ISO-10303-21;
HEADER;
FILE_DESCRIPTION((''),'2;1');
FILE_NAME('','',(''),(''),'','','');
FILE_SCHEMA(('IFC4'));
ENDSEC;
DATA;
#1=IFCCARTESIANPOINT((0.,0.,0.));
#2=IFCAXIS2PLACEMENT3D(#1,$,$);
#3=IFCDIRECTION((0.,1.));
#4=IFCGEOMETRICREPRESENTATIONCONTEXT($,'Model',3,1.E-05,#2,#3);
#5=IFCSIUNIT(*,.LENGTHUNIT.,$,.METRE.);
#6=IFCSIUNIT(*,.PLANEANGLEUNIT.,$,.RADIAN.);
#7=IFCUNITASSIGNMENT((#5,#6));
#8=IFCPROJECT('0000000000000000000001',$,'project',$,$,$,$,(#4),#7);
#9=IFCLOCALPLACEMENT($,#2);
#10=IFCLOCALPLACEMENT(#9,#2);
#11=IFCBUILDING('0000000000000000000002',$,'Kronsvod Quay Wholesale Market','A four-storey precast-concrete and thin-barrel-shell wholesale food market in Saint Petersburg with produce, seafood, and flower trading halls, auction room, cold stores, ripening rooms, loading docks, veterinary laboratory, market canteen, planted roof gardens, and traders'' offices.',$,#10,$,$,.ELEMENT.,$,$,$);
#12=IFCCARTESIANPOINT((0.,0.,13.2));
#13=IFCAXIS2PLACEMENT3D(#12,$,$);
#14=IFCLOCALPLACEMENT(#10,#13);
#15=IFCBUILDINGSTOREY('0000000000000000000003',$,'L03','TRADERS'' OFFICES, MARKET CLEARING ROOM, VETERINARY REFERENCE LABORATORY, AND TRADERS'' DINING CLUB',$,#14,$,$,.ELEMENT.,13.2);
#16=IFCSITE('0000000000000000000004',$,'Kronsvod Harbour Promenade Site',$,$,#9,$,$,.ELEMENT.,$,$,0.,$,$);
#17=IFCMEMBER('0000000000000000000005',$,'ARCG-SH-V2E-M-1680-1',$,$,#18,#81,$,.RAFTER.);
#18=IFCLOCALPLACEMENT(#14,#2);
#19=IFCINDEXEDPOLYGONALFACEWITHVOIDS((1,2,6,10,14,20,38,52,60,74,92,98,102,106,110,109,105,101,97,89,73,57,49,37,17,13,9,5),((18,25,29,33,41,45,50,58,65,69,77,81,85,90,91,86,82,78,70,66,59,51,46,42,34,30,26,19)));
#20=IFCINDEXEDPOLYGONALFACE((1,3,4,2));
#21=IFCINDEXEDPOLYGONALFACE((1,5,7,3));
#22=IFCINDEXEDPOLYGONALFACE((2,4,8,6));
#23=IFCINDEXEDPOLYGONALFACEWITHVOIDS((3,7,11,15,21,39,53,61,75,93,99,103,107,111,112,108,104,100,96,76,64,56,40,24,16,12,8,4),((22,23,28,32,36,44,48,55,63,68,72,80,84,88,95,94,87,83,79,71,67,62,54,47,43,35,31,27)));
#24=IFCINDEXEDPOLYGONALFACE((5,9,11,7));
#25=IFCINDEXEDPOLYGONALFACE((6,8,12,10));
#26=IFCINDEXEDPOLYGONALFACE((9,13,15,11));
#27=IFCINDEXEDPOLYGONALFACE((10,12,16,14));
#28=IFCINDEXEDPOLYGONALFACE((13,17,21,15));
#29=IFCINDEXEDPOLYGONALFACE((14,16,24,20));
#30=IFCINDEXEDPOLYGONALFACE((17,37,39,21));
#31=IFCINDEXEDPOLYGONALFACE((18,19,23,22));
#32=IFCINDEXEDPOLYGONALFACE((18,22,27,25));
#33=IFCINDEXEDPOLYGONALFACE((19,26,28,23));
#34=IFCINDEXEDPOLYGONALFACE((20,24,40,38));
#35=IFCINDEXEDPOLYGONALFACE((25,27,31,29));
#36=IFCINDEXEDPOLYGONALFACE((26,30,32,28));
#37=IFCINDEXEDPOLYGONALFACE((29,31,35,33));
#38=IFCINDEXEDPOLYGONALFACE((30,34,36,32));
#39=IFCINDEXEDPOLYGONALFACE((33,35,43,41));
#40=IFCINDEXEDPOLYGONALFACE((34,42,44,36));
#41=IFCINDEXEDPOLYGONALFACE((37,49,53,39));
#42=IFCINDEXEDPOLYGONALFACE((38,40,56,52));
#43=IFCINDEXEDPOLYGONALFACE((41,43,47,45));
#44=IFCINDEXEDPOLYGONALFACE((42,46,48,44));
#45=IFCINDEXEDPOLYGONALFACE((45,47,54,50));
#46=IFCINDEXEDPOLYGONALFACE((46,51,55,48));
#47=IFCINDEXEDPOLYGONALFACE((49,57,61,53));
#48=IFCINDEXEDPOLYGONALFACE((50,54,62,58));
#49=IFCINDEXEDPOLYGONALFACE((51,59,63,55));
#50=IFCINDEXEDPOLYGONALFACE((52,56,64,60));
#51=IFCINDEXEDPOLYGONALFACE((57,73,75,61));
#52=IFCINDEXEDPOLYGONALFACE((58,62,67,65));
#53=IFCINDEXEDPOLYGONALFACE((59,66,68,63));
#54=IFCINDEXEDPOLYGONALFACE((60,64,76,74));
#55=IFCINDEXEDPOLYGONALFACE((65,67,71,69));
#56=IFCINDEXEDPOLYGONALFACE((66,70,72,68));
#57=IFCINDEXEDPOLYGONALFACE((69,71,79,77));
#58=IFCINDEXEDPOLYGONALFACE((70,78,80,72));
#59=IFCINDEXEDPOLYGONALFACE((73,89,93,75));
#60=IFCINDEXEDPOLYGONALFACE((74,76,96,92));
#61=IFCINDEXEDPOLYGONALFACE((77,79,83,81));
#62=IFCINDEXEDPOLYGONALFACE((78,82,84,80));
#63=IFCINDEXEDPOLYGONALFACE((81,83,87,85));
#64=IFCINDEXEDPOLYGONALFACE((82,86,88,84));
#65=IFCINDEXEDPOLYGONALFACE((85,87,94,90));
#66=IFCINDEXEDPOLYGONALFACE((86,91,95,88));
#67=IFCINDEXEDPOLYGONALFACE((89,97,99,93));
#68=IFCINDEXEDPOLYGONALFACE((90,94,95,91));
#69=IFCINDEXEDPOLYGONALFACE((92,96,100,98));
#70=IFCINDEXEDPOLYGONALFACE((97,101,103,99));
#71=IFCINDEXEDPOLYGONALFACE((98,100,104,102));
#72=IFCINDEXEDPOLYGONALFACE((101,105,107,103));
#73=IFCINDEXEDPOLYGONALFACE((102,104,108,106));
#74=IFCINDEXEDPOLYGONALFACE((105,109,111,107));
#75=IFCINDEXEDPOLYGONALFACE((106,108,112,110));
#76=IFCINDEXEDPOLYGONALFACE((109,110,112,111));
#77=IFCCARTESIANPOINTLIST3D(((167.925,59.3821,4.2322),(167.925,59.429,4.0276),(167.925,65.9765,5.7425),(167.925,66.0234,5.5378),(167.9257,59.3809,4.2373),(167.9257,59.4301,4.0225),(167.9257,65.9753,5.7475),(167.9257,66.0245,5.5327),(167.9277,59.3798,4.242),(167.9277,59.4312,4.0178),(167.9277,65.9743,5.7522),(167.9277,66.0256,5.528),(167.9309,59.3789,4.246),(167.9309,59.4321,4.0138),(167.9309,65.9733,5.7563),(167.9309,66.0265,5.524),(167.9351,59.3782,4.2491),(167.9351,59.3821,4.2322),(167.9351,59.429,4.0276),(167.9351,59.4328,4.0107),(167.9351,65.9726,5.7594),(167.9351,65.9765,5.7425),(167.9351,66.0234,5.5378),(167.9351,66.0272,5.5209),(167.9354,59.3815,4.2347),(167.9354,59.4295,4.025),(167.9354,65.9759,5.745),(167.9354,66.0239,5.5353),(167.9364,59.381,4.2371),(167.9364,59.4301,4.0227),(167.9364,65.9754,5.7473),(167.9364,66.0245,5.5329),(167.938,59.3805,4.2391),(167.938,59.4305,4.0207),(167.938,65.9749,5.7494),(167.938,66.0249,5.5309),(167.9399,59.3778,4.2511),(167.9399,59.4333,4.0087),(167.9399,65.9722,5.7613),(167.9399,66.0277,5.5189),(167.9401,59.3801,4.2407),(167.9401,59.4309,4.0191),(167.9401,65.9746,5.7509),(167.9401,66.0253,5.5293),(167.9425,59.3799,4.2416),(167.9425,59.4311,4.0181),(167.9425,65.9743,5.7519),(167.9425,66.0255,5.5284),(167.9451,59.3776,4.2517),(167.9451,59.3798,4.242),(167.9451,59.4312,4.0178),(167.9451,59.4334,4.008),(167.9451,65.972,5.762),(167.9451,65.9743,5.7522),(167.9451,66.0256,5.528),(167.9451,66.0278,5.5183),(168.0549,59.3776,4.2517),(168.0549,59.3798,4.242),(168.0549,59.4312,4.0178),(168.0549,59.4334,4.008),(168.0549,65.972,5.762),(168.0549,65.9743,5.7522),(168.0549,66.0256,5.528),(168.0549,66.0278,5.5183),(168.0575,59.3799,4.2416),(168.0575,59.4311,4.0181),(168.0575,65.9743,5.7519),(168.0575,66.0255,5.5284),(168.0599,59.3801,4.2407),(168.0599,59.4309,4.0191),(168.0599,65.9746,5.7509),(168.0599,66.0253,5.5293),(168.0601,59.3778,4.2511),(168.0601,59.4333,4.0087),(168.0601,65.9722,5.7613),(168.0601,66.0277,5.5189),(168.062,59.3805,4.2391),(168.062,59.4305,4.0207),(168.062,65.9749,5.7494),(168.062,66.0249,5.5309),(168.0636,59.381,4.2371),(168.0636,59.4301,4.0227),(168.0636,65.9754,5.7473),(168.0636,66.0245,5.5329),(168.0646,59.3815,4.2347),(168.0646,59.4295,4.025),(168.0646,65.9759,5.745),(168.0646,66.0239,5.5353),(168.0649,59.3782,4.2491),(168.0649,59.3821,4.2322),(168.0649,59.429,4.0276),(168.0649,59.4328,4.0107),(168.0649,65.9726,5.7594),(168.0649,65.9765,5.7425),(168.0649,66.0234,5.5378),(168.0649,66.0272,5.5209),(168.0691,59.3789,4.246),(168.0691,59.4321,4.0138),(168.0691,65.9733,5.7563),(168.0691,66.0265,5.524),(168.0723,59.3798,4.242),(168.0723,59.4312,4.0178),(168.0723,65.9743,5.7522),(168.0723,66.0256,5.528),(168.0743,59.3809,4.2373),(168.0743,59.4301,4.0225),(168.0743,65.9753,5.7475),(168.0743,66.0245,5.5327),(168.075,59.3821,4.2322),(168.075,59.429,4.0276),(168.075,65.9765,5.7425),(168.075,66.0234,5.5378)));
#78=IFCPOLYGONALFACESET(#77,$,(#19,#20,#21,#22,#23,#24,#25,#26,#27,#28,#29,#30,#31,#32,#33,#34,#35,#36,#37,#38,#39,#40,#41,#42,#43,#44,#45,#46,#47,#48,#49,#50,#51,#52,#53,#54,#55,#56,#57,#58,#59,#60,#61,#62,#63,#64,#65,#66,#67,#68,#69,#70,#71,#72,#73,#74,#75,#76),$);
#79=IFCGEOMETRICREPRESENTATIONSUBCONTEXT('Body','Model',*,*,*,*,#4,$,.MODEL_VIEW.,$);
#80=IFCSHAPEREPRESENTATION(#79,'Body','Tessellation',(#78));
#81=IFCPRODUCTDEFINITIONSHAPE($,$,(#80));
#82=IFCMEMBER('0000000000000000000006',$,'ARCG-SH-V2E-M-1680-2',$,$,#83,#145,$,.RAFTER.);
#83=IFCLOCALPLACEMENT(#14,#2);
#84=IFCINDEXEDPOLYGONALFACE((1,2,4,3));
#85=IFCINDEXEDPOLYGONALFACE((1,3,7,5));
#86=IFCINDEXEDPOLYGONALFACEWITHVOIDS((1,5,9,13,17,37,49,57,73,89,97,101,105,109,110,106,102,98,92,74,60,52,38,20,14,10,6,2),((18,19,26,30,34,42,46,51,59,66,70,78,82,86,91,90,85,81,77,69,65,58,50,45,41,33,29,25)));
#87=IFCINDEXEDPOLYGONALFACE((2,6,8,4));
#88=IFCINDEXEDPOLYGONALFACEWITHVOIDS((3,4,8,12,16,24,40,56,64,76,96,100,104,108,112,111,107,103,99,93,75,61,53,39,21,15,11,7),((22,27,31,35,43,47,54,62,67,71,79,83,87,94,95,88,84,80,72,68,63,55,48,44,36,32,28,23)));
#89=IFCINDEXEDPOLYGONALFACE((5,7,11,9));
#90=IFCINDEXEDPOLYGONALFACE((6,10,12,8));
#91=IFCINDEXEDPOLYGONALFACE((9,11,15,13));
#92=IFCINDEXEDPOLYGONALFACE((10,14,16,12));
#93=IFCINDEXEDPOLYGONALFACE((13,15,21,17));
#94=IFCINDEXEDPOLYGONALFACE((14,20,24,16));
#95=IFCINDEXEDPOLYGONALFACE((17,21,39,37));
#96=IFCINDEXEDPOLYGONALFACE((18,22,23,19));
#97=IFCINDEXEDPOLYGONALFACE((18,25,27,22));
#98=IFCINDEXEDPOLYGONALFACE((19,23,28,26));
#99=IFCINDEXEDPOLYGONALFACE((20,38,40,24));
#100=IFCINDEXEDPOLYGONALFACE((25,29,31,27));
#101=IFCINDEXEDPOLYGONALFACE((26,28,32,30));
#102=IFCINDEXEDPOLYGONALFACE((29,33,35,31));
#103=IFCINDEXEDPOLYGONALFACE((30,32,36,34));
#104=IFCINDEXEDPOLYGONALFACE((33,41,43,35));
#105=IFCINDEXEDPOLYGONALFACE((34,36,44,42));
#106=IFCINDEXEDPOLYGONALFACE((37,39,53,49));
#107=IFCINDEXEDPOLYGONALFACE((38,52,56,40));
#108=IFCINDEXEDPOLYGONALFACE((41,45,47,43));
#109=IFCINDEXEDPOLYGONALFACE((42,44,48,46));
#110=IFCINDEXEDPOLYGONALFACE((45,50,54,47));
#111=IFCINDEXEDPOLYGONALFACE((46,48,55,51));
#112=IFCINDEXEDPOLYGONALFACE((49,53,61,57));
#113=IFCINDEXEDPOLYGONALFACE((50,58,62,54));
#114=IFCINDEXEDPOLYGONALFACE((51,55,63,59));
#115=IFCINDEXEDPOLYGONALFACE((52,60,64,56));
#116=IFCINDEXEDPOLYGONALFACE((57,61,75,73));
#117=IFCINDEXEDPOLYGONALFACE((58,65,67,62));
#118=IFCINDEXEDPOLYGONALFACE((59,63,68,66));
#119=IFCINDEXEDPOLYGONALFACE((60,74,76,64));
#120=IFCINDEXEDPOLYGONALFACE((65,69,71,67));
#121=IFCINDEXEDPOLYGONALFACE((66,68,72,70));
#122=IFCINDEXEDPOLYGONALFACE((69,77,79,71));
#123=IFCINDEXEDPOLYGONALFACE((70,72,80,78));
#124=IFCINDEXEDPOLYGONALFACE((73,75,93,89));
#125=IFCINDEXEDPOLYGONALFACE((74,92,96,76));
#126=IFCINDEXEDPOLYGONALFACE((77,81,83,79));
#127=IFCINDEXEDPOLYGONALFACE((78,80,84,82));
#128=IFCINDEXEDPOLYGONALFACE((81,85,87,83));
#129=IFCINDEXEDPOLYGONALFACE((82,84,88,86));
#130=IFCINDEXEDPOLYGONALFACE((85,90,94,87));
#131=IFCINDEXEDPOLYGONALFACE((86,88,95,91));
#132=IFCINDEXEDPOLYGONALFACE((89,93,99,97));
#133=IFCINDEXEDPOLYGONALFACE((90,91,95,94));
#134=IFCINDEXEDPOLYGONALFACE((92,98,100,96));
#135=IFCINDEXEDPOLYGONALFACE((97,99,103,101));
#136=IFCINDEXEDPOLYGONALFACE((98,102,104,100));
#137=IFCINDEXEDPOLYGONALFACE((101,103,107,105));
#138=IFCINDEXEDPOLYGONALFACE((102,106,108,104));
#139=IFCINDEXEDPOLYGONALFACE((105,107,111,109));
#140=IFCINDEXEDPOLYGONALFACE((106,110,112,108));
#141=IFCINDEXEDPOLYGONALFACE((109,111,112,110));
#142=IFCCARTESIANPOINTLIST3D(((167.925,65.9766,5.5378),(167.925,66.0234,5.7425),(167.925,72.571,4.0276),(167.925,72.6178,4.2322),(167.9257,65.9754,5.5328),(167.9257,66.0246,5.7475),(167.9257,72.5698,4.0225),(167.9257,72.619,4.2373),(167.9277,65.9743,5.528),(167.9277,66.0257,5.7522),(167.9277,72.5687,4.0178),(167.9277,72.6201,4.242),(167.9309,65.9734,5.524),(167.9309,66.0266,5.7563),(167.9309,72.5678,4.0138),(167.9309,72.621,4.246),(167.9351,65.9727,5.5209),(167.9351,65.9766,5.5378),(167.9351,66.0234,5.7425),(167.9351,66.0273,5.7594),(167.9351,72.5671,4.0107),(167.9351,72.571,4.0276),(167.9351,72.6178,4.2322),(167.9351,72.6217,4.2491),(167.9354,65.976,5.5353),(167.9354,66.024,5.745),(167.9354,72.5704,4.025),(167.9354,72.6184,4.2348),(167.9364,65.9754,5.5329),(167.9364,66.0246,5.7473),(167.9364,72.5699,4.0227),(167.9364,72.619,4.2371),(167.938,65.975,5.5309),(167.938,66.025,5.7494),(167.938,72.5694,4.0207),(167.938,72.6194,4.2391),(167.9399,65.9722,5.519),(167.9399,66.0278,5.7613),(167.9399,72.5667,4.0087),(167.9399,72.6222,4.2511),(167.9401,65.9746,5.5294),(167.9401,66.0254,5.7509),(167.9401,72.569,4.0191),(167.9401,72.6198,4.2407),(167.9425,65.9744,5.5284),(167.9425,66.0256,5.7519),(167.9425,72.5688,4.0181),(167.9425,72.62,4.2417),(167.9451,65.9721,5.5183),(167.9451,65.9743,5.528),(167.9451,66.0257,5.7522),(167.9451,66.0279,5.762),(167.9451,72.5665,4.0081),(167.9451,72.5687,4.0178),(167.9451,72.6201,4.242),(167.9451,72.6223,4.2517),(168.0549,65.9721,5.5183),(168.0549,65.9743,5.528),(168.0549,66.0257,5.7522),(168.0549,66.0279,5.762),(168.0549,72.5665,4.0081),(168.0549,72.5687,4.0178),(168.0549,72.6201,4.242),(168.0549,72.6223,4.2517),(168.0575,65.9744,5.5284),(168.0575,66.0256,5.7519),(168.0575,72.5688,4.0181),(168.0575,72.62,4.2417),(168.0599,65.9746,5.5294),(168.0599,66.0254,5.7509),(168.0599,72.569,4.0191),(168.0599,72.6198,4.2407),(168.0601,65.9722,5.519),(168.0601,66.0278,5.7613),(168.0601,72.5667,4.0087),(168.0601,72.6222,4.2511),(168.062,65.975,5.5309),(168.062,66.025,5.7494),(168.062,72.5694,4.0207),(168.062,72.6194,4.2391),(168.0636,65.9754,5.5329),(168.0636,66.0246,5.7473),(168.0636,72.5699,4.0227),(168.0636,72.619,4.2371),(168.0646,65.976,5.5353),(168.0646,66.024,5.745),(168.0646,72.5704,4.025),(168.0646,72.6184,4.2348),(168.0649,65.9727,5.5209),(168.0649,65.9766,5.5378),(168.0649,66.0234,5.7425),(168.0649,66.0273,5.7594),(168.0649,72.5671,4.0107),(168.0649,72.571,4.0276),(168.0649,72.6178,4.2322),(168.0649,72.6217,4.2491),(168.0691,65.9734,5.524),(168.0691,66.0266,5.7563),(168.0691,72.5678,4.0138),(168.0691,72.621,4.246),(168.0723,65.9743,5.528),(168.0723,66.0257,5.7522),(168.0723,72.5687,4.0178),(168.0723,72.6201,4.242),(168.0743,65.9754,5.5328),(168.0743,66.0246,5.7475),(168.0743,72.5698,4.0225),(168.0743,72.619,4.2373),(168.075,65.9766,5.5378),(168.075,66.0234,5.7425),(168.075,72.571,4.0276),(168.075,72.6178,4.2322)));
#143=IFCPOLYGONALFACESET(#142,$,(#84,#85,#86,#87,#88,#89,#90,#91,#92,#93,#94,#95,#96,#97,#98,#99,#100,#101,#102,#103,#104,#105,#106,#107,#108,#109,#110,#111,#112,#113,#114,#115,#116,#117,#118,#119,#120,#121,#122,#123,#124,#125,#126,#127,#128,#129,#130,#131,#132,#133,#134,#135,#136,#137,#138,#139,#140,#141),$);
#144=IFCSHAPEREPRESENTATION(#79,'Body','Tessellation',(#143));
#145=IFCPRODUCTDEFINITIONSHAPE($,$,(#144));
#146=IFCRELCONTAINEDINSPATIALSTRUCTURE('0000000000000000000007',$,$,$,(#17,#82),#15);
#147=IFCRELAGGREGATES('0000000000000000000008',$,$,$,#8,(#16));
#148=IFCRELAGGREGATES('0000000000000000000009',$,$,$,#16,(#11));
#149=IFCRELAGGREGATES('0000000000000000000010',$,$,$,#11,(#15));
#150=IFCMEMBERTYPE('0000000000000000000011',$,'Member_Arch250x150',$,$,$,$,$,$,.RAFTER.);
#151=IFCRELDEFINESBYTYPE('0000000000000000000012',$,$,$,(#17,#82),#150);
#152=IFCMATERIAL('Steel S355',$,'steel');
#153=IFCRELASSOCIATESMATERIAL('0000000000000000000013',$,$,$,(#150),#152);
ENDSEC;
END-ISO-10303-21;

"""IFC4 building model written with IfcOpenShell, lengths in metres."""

from ifc_helpers import new_model, si_unit, direction, frame, origin, origin_2d, place, context, subcontext, project, spatial, hollow_rectangle, extrude, material, material_profile, profile_set, type_object, element, save


model = new_model("IFC4")

# Units and contexts
model_context = context("Model", 3, precision=1e-05, world=origin(), true_north=direction((0.0, 1.0)))
body_context = subcontext(model_context, "Body", "Model", "MODEL_VIEW")
ifc_project = project(units=[si_unit("LENGTHUNIT", "METRE"), si_unit("PLANEANGLEUNIT", "RADIAN")], contexts=[model_context])

# Site, building, storey
site_placement = place(None, origin())
site = spatial("IfcSite", under=ifc_project, at=site_placement, Name="Kronsvod Harbour Promenade Site", CompositionType="ELEMENT", RefElevation=0.0)
building_placement = place(site_placement, origin())
building = spatial("IfcBuilding", under=site, at=building_placement, Name="Kronsvod Quay Wholesale Market", Description="A four-storey precast-concrete and thin-barrel-shell wholesale food market in Saint Petersburg with produce, seafood, and flower trading halls, auction room, cold stores, ripening rooms, loading docks, veterinary laboratory, market canteen, planted roof gardens, and traders' offices.", CompositionType="ELEMENT")
storey_placement = place(building_placement, frame((0.0, 0.0, 13.2)))
storey = spatial("IfcBuildingStorey", under=building, at=storey_placement, Name="L03", Description="TRADERS' OFFICES, MARKET CLEARING ROOM, VETERINARY REFERENCE LABORATORY, AND TRADERS' DINING CLUB", CompositionType="ELEMENT", Elevation=13.2)

# Members
ifc_material_1 = material(Name="Steel S355", Category="steel")
ifc_material_profile_1 = material_profile(ifc_material_1, hollow_rectangle(XDim=0.1499, YDim=0.25, WallThickness=0.01, InnerFilletRadius=0.01, OuterFilletRadius=0.02, at=origin_2d()), Name="RHS250x150x10")
ifc_profile_set_1 = profile_set([ifc_material_profile_1], Name="Steel S355")
member_type_1 = type_object("IfcMemberType", Name="Member_Arch250x150", PredefinedType="RAFTER", material=ifc_profile_set_1)
for number, where, z_axis, x_axis, name in (
    (1, (168.0, 59.4055, 4.1299), (0.0, 0.974764, 0.223238), (-1.0, 0.0, 0.0), "ARCG-SH-V2E-M-1680-1"),
    (2, (168.0, 66.0, 5.6401), (0.0, 0.974764, -0.223238), (-1.0, 0.0, 0.0), "ARCG-SH-V2E-M-1680-2"),
):
    element("IfcMember", number, at=place(storey_placement, frame(where, z_axis=z_axis, x_axis=x_axis)), inside=storey, type_object=member_type_1, Name=name, PredefinedType="RAFTER", context=body_context, shape_type="SweptSolid", body=[
        extrude(hollow_rectangle(XDim=0.1499, YDim=0.25, WallThickness=0.01, InnerFilletRadius=0.01, OuterFilletRadius=0.02, at=origin_2d()), origin(), (0.0, 0.0, 1.0), 6.7651),
    ])

save(model, "model.ifc")
